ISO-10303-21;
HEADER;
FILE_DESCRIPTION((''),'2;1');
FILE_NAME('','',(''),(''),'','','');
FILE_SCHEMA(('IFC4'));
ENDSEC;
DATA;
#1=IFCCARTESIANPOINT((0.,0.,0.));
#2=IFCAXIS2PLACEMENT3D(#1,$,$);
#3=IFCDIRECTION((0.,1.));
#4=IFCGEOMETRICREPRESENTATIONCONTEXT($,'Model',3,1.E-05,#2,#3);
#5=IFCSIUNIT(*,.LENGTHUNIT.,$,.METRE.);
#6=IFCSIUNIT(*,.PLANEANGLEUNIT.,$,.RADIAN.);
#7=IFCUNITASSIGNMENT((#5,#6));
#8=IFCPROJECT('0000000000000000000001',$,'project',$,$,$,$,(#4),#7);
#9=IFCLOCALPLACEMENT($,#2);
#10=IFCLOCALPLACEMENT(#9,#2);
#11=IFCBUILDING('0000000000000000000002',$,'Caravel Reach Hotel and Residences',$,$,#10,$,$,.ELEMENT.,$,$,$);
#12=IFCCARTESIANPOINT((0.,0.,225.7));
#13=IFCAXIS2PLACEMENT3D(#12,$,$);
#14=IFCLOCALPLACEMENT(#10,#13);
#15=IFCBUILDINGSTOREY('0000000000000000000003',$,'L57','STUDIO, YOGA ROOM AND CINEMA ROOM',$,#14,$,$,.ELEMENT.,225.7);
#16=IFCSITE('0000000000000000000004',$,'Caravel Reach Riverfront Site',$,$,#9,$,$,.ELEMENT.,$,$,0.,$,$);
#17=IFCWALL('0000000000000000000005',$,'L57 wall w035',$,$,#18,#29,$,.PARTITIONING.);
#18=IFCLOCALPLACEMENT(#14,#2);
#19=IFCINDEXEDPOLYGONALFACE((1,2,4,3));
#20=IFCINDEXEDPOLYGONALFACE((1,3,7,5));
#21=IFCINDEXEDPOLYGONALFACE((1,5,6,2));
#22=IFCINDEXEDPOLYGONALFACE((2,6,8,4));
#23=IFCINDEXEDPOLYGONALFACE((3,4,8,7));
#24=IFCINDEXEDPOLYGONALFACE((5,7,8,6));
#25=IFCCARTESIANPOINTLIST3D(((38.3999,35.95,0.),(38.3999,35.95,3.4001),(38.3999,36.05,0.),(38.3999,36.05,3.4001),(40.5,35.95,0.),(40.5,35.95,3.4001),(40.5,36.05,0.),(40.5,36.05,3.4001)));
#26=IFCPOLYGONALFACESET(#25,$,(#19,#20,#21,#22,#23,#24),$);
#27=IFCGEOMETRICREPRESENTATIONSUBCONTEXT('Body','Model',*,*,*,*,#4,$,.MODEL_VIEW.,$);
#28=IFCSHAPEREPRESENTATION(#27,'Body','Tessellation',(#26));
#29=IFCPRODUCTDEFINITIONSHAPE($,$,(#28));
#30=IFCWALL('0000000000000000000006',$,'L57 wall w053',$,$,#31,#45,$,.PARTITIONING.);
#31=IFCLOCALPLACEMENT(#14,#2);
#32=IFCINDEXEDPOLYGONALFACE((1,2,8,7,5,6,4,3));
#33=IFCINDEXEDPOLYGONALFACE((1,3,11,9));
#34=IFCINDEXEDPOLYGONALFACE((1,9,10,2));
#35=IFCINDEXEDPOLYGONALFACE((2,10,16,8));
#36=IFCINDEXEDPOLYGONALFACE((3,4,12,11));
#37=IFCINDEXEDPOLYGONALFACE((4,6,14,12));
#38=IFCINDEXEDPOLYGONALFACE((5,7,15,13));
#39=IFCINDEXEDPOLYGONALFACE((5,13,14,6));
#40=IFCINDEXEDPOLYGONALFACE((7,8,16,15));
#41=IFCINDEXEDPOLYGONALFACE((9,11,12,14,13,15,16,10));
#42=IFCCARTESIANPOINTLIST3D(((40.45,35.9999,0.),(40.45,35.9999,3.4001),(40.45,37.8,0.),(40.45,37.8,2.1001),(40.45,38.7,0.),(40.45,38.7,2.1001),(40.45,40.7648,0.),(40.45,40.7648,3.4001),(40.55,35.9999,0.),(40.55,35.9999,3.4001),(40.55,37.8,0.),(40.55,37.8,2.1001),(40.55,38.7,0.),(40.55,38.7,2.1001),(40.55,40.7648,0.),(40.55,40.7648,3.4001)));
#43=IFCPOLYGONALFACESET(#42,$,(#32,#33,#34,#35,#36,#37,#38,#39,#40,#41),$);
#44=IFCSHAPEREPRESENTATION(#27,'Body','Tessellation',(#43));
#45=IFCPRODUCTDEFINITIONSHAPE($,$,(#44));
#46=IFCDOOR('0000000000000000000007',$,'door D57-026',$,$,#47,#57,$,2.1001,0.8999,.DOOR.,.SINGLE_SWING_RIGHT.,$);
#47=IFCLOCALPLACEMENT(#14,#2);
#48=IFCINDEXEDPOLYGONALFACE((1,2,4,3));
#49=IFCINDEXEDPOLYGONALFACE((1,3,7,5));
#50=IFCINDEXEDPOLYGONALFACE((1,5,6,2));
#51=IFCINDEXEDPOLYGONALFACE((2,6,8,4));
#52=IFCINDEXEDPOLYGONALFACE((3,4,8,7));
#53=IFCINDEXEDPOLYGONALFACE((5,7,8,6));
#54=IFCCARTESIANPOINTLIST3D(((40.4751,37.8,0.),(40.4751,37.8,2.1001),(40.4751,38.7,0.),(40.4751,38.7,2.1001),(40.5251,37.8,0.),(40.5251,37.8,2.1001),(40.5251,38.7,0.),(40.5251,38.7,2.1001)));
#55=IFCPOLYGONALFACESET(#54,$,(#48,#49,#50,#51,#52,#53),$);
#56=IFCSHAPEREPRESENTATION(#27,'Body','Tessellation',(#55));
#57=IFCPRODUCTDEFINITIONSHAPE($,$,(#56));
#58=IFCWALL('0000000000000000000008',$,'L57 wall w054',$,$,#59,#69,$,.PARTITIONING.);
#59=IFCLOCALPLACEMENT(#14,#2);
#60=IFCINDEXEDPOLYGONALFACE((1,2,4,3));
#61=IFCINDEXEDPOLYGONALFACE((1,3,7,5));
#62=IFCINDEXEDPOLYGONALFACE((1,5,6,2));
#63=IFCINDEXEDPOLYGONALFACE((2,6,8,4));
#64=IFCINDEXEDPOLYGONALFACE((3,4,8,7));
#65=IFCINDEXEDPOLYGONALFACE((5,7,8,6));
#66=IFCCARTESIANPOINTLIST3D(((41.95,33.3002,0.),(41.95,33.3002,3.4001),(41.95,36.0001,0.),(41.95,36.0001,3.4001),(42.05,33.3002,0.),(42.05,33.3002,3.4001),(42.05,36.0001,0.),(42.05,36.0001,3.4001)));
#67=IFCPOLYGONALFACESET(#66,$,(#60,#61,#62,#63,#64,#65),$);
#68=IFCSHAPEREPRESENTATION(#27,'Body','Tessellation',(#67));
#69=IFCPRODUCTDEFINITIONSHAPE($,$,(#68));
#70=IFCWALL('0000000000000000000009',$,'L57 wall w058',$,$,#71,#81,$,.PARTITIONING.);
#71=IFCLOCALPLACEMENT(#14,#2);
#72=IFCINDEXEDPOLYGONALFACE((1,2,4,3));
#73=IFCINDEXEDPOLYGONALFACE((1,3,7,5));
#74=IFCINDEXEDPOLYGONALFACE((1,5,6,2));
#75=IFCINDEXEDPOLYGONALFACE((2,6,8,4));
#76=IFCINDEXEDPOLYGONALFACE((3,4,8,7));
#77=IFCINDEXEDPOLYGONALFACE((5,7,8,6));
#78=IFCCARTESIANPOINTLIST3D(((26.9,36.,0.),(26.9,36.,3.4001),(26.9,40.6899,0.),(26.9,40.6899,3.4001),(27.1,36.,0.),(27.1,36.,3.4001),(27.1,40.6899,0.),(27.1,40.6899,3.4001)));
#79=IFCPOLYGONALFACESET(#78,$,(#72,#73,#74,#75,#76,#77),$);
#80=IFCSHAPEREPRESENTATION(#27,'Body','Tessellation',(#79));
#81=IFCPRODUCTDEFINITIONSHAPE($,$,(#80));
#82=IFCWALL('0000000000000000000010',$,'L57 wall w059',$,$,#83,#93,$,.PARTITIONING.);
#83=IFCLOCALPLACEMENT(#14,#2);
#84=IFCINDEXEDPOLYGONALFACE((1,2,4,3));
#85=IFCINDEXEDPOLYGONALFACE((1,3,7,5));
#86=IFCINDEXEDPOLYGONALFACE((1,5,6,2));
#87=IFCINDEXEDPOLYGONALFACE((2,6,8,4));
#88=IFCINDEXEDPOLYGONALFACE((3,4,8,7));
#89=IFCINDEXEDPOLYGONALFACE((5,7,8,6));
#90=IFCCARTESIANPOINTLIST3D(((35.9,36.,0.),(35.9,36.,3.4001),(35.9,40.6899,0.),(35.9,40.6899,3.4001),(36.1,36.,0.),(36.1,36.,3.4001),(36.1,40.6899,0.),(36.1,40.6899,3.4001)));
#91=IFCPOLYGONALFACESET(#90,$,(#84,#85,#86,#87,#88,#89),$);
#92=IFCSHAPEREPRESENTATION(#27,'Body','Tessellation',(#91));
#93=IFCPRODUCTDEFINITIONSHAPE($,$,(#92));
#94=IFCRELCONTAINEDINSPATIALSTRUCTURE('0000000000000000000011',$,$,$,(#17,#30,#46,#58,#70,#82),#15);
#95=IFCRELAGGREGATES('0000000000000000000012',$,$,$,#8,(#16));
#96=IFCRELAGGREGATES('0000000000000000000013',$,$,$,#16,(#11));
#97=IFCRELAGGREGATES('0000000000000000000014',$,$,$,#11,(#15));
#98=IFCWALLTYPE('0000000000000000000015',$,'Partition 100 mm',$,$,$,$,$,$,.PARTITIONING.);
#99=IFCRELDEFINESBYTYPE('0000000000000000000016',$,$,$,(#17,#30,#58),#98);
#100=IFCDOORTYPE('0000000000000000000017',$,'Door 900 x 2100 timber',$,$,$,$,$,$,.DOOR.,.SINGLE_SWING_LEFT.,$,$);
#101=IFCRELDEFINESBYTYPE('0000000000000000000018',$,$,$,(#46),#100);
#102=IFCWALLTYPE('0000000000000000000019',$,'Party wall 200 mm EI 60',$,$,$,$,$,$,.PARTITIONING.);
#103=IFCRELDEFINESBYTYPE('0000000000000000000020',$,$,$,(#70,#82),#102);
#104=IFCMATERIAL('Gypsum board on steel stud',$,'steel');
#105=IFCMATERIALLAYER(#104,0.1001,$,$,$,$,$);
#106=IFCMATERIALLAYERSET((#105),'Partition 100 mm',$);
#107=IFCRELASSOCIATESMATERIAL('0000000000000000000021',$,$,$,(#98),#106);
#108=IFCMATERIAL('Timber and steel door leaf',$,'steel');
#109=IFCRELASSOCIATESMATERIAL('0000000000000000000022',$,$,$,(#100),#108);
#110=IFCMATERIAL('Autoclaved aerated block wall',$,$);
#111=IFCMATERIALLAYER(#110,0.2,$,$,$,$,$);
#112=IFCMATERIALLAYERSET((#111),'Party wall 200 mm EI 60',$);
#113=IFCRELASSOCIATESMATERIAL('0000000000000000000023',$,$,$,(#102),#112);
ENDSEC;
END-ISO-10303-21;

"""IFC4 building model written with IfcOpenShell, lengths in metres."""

from ifc_helpers import new_model, si_unit, direction, frame, frame_2d, origin, place, context, subcontext, project, spatial, rectangle, extrude, material, layer, layer_set, type_object, element, fill, save


model = new_model("IFC4")

# Units and contexts
model_context = context("Model", 3, precision=1e-05, world=origin(), true_north=direction((0.0, 1.0)))
body_context = subcontext(model_context, "Body", "Model", "MODEL_VIEW")
ifc_project = project(units=[si_unit("LENGTHUNIT", "METRE"), si_unit("PLANEANGLEUNIT", "RADIAN")], contexts=[model_context])

# Site, building, storey
site_placement = place(None, origin())
site = spatial("IfcSite", under=ifc_project, at=site_placement, Name="Caravel Reach Riverfront Site", CompositionType="ELEMENT", RefElevation=0.0)
building_placement = place(site_placement, origin())
building = spatial("IfcBuilding", under=site, at=building_placement, Name="Caravel Reach Hotel and Residences", CompositionType="ELEMENT")
storey_placement = place(building_placement, frame((0.0, 0.0, 225.7)))
storey = spatial("IfcBuildingStorey", under=building, at=storey_placement, Name="L57", Description="STUDIO, YOGA ROOM AND CINEMA ROOM", CompositionType="ELEMENT", Elevation=225.7)

# Shared definitions
ifc_material_1 = material(Name="Gypsum board on steel stud", Category="steel")
ifc_layer_1 = layer(ifc_material_1, 0.1001)
ifc_layer_set_1 = layer_set([ifc_layer_1], Name="Partition 100 mm")
wall_type_1 = type_object("IfcWallType", Name="Partition 100 mm", PredefinedType="PARTITIONING", material=ifc_layer_set_1)
ifc_material_2 = material(Name="Timber and steel door leaf", Category="steel")
door_type_1 = type_object("IfcDoorType", Name="Door 900 x 2100 timber", OperationType="SINGLE_SWING_LEFT", PredefinedType="DOOR", material=ifc_material_2)

# Wall
wall_1_placement = place(storey_placement, frame((38.3999, 36.0, 0.0), z_axis=(0.0, 0.0, 1.0), x_axis=(1.0, 0.0, 0.0)))
element("IfcWall", 1, at=wall_1_placement, inside=storey, type_object=wall_type_1, Name="L57 wall w035", PredefinedType="PARTITIONING", context=body_context, shape_type="SweptSolid", body=[
    extrude(rectangle(XDim=2.1001, YDim=0.1001, at=frame_2d((1.05, 0.0))), origin(), (0.0, 0.0, 1.0), 3.4001),
])

# Wall, opening, door
wall_2_placement = place(storey_placement, frame((40.5, 36.0, 0.0), z_axis=(0.0, 0.0, 1.0), x_axis=(0.0, 1.0, 0.0)))
wall_2 = element("IfcWall", 2, at=wall_2_placement, inside=storey, type_object=wall_type_1, Name="L57 wall w053", PredefinedType="PARTITIONING", context=body_context, shape_type="SweptSolid", body=[
    extrude(rectangle(XDim=4.7649, YDim=0.1001, at=frame_2d((2.3823, 0.0))), origin(), (0.0, 0.0, 1.0), 3.4001),
])
opening_1_placement = place(wall_2_placement, frame((1.8, 0.0, 0.0)))
opening_1 = element("IfcOpeningElement", 3, at=opening_1_placement, cuts=wall_2, PredefinedType="OPENING", context=body_context, shape_type="SweptSolid", body=[
    extrude(rectangle(XDim=0.8999, YDim=2.1001, at=frame_2d((0.45, 1.05))), frame((0.0, 0.0601, 0.0), z_axis=(0.0, -1.0, 0.0), x_axis=(1.0, 0.0, 0.0)), (0.0, 0.0, 1.0), 0.1201),
])
door_1_placement = place(opening_1_placement, origin())
door_1 = element("IfcDoor", 4, at=door_1_placement, inside=storey, type_object=door_type_1, Name="door D57-026", OperationType="SINGLE_SWING_RIGHT", OverallHeight=2.1001, OverallWidth=0.8999, PredefinedType="DOOR", context=body_context, shape_type="SweptSolid", body=[
    extrude(rectangle(XDim=0.8999, YDim=2.1001, at=frame_2d((0.45, 1.05))), frame((0.0, 0.0249, 0.0), z_axis=(0.0, -1.0, 0.0), x_axis=(1.0, 0.0, 0.0)), (0.0, 0.0, 1.0), 0.05),
])
fill(opening_1, door_1)

# Walls
wall_3_placement = place(storey_placement, frame((42.0, 33.3, 0.0), z_axis=(0.0, 0.0, 1.0), x_axis=(0.0, 1.0, 0.0)))
element("IfcWall", 5, at=wall_3_placement, inside=storey, type_object=wall_type_1, Name="L57 wall w054", PredefinedType="PARTITIONING", context=body_context, shape_type="SweptSolid", body=[
    extrude(rectangle(XDim=2.7, YDim=0.1001, at=frame_2d((1.3501, 0.0))), origin(), (0.0, 0.0, 1.0), 3.4001),
])
ifc_material_3 = material(Name="Autoclaved aerated block wall")
ifc_layer_2 = layer(ifc_material_3, 0.2)
ifc_layer_set_2 = layer_set([ifc_layer_2], Name="Party wall 200 mm EI 60")
wall_type_2 = type_object("IfcWallType", Name="Party wall 200 mm EI 60", PredefinedType="PARTITIONING", material=ifc_layer_set_2)
for number, where, z_axis, x_axis, name in (
    (6, (27.0, 36.0, 0.0), (0.0, 0.0, 1.0), (0.0, 1.0, 0.0), "L57 wall w058"),
    (7, (36.0, 36.0, 0.0), (0.0, 0.0, 1.0), (0.0, 1.0, 0.0), "L57 wall w059"),
):
    element("IfcWall", number, at=place(storey_placement, frame(where, z_axis=z_axis, x_axis=x_axis)), inside=storey, type_object=wall_type_2, Name=name, PredefinedType="PARTITIONING", context=body_context, shape_type="SweptSolid", body=[
        extrude(rectangle(XDim=4.6899, YDim=0.2, at=frame_2d((2.345, 0.0))), origin(), (0.0, 0.0, 1.0), 3.4001),
    ])

save(model, "model.ifc")
